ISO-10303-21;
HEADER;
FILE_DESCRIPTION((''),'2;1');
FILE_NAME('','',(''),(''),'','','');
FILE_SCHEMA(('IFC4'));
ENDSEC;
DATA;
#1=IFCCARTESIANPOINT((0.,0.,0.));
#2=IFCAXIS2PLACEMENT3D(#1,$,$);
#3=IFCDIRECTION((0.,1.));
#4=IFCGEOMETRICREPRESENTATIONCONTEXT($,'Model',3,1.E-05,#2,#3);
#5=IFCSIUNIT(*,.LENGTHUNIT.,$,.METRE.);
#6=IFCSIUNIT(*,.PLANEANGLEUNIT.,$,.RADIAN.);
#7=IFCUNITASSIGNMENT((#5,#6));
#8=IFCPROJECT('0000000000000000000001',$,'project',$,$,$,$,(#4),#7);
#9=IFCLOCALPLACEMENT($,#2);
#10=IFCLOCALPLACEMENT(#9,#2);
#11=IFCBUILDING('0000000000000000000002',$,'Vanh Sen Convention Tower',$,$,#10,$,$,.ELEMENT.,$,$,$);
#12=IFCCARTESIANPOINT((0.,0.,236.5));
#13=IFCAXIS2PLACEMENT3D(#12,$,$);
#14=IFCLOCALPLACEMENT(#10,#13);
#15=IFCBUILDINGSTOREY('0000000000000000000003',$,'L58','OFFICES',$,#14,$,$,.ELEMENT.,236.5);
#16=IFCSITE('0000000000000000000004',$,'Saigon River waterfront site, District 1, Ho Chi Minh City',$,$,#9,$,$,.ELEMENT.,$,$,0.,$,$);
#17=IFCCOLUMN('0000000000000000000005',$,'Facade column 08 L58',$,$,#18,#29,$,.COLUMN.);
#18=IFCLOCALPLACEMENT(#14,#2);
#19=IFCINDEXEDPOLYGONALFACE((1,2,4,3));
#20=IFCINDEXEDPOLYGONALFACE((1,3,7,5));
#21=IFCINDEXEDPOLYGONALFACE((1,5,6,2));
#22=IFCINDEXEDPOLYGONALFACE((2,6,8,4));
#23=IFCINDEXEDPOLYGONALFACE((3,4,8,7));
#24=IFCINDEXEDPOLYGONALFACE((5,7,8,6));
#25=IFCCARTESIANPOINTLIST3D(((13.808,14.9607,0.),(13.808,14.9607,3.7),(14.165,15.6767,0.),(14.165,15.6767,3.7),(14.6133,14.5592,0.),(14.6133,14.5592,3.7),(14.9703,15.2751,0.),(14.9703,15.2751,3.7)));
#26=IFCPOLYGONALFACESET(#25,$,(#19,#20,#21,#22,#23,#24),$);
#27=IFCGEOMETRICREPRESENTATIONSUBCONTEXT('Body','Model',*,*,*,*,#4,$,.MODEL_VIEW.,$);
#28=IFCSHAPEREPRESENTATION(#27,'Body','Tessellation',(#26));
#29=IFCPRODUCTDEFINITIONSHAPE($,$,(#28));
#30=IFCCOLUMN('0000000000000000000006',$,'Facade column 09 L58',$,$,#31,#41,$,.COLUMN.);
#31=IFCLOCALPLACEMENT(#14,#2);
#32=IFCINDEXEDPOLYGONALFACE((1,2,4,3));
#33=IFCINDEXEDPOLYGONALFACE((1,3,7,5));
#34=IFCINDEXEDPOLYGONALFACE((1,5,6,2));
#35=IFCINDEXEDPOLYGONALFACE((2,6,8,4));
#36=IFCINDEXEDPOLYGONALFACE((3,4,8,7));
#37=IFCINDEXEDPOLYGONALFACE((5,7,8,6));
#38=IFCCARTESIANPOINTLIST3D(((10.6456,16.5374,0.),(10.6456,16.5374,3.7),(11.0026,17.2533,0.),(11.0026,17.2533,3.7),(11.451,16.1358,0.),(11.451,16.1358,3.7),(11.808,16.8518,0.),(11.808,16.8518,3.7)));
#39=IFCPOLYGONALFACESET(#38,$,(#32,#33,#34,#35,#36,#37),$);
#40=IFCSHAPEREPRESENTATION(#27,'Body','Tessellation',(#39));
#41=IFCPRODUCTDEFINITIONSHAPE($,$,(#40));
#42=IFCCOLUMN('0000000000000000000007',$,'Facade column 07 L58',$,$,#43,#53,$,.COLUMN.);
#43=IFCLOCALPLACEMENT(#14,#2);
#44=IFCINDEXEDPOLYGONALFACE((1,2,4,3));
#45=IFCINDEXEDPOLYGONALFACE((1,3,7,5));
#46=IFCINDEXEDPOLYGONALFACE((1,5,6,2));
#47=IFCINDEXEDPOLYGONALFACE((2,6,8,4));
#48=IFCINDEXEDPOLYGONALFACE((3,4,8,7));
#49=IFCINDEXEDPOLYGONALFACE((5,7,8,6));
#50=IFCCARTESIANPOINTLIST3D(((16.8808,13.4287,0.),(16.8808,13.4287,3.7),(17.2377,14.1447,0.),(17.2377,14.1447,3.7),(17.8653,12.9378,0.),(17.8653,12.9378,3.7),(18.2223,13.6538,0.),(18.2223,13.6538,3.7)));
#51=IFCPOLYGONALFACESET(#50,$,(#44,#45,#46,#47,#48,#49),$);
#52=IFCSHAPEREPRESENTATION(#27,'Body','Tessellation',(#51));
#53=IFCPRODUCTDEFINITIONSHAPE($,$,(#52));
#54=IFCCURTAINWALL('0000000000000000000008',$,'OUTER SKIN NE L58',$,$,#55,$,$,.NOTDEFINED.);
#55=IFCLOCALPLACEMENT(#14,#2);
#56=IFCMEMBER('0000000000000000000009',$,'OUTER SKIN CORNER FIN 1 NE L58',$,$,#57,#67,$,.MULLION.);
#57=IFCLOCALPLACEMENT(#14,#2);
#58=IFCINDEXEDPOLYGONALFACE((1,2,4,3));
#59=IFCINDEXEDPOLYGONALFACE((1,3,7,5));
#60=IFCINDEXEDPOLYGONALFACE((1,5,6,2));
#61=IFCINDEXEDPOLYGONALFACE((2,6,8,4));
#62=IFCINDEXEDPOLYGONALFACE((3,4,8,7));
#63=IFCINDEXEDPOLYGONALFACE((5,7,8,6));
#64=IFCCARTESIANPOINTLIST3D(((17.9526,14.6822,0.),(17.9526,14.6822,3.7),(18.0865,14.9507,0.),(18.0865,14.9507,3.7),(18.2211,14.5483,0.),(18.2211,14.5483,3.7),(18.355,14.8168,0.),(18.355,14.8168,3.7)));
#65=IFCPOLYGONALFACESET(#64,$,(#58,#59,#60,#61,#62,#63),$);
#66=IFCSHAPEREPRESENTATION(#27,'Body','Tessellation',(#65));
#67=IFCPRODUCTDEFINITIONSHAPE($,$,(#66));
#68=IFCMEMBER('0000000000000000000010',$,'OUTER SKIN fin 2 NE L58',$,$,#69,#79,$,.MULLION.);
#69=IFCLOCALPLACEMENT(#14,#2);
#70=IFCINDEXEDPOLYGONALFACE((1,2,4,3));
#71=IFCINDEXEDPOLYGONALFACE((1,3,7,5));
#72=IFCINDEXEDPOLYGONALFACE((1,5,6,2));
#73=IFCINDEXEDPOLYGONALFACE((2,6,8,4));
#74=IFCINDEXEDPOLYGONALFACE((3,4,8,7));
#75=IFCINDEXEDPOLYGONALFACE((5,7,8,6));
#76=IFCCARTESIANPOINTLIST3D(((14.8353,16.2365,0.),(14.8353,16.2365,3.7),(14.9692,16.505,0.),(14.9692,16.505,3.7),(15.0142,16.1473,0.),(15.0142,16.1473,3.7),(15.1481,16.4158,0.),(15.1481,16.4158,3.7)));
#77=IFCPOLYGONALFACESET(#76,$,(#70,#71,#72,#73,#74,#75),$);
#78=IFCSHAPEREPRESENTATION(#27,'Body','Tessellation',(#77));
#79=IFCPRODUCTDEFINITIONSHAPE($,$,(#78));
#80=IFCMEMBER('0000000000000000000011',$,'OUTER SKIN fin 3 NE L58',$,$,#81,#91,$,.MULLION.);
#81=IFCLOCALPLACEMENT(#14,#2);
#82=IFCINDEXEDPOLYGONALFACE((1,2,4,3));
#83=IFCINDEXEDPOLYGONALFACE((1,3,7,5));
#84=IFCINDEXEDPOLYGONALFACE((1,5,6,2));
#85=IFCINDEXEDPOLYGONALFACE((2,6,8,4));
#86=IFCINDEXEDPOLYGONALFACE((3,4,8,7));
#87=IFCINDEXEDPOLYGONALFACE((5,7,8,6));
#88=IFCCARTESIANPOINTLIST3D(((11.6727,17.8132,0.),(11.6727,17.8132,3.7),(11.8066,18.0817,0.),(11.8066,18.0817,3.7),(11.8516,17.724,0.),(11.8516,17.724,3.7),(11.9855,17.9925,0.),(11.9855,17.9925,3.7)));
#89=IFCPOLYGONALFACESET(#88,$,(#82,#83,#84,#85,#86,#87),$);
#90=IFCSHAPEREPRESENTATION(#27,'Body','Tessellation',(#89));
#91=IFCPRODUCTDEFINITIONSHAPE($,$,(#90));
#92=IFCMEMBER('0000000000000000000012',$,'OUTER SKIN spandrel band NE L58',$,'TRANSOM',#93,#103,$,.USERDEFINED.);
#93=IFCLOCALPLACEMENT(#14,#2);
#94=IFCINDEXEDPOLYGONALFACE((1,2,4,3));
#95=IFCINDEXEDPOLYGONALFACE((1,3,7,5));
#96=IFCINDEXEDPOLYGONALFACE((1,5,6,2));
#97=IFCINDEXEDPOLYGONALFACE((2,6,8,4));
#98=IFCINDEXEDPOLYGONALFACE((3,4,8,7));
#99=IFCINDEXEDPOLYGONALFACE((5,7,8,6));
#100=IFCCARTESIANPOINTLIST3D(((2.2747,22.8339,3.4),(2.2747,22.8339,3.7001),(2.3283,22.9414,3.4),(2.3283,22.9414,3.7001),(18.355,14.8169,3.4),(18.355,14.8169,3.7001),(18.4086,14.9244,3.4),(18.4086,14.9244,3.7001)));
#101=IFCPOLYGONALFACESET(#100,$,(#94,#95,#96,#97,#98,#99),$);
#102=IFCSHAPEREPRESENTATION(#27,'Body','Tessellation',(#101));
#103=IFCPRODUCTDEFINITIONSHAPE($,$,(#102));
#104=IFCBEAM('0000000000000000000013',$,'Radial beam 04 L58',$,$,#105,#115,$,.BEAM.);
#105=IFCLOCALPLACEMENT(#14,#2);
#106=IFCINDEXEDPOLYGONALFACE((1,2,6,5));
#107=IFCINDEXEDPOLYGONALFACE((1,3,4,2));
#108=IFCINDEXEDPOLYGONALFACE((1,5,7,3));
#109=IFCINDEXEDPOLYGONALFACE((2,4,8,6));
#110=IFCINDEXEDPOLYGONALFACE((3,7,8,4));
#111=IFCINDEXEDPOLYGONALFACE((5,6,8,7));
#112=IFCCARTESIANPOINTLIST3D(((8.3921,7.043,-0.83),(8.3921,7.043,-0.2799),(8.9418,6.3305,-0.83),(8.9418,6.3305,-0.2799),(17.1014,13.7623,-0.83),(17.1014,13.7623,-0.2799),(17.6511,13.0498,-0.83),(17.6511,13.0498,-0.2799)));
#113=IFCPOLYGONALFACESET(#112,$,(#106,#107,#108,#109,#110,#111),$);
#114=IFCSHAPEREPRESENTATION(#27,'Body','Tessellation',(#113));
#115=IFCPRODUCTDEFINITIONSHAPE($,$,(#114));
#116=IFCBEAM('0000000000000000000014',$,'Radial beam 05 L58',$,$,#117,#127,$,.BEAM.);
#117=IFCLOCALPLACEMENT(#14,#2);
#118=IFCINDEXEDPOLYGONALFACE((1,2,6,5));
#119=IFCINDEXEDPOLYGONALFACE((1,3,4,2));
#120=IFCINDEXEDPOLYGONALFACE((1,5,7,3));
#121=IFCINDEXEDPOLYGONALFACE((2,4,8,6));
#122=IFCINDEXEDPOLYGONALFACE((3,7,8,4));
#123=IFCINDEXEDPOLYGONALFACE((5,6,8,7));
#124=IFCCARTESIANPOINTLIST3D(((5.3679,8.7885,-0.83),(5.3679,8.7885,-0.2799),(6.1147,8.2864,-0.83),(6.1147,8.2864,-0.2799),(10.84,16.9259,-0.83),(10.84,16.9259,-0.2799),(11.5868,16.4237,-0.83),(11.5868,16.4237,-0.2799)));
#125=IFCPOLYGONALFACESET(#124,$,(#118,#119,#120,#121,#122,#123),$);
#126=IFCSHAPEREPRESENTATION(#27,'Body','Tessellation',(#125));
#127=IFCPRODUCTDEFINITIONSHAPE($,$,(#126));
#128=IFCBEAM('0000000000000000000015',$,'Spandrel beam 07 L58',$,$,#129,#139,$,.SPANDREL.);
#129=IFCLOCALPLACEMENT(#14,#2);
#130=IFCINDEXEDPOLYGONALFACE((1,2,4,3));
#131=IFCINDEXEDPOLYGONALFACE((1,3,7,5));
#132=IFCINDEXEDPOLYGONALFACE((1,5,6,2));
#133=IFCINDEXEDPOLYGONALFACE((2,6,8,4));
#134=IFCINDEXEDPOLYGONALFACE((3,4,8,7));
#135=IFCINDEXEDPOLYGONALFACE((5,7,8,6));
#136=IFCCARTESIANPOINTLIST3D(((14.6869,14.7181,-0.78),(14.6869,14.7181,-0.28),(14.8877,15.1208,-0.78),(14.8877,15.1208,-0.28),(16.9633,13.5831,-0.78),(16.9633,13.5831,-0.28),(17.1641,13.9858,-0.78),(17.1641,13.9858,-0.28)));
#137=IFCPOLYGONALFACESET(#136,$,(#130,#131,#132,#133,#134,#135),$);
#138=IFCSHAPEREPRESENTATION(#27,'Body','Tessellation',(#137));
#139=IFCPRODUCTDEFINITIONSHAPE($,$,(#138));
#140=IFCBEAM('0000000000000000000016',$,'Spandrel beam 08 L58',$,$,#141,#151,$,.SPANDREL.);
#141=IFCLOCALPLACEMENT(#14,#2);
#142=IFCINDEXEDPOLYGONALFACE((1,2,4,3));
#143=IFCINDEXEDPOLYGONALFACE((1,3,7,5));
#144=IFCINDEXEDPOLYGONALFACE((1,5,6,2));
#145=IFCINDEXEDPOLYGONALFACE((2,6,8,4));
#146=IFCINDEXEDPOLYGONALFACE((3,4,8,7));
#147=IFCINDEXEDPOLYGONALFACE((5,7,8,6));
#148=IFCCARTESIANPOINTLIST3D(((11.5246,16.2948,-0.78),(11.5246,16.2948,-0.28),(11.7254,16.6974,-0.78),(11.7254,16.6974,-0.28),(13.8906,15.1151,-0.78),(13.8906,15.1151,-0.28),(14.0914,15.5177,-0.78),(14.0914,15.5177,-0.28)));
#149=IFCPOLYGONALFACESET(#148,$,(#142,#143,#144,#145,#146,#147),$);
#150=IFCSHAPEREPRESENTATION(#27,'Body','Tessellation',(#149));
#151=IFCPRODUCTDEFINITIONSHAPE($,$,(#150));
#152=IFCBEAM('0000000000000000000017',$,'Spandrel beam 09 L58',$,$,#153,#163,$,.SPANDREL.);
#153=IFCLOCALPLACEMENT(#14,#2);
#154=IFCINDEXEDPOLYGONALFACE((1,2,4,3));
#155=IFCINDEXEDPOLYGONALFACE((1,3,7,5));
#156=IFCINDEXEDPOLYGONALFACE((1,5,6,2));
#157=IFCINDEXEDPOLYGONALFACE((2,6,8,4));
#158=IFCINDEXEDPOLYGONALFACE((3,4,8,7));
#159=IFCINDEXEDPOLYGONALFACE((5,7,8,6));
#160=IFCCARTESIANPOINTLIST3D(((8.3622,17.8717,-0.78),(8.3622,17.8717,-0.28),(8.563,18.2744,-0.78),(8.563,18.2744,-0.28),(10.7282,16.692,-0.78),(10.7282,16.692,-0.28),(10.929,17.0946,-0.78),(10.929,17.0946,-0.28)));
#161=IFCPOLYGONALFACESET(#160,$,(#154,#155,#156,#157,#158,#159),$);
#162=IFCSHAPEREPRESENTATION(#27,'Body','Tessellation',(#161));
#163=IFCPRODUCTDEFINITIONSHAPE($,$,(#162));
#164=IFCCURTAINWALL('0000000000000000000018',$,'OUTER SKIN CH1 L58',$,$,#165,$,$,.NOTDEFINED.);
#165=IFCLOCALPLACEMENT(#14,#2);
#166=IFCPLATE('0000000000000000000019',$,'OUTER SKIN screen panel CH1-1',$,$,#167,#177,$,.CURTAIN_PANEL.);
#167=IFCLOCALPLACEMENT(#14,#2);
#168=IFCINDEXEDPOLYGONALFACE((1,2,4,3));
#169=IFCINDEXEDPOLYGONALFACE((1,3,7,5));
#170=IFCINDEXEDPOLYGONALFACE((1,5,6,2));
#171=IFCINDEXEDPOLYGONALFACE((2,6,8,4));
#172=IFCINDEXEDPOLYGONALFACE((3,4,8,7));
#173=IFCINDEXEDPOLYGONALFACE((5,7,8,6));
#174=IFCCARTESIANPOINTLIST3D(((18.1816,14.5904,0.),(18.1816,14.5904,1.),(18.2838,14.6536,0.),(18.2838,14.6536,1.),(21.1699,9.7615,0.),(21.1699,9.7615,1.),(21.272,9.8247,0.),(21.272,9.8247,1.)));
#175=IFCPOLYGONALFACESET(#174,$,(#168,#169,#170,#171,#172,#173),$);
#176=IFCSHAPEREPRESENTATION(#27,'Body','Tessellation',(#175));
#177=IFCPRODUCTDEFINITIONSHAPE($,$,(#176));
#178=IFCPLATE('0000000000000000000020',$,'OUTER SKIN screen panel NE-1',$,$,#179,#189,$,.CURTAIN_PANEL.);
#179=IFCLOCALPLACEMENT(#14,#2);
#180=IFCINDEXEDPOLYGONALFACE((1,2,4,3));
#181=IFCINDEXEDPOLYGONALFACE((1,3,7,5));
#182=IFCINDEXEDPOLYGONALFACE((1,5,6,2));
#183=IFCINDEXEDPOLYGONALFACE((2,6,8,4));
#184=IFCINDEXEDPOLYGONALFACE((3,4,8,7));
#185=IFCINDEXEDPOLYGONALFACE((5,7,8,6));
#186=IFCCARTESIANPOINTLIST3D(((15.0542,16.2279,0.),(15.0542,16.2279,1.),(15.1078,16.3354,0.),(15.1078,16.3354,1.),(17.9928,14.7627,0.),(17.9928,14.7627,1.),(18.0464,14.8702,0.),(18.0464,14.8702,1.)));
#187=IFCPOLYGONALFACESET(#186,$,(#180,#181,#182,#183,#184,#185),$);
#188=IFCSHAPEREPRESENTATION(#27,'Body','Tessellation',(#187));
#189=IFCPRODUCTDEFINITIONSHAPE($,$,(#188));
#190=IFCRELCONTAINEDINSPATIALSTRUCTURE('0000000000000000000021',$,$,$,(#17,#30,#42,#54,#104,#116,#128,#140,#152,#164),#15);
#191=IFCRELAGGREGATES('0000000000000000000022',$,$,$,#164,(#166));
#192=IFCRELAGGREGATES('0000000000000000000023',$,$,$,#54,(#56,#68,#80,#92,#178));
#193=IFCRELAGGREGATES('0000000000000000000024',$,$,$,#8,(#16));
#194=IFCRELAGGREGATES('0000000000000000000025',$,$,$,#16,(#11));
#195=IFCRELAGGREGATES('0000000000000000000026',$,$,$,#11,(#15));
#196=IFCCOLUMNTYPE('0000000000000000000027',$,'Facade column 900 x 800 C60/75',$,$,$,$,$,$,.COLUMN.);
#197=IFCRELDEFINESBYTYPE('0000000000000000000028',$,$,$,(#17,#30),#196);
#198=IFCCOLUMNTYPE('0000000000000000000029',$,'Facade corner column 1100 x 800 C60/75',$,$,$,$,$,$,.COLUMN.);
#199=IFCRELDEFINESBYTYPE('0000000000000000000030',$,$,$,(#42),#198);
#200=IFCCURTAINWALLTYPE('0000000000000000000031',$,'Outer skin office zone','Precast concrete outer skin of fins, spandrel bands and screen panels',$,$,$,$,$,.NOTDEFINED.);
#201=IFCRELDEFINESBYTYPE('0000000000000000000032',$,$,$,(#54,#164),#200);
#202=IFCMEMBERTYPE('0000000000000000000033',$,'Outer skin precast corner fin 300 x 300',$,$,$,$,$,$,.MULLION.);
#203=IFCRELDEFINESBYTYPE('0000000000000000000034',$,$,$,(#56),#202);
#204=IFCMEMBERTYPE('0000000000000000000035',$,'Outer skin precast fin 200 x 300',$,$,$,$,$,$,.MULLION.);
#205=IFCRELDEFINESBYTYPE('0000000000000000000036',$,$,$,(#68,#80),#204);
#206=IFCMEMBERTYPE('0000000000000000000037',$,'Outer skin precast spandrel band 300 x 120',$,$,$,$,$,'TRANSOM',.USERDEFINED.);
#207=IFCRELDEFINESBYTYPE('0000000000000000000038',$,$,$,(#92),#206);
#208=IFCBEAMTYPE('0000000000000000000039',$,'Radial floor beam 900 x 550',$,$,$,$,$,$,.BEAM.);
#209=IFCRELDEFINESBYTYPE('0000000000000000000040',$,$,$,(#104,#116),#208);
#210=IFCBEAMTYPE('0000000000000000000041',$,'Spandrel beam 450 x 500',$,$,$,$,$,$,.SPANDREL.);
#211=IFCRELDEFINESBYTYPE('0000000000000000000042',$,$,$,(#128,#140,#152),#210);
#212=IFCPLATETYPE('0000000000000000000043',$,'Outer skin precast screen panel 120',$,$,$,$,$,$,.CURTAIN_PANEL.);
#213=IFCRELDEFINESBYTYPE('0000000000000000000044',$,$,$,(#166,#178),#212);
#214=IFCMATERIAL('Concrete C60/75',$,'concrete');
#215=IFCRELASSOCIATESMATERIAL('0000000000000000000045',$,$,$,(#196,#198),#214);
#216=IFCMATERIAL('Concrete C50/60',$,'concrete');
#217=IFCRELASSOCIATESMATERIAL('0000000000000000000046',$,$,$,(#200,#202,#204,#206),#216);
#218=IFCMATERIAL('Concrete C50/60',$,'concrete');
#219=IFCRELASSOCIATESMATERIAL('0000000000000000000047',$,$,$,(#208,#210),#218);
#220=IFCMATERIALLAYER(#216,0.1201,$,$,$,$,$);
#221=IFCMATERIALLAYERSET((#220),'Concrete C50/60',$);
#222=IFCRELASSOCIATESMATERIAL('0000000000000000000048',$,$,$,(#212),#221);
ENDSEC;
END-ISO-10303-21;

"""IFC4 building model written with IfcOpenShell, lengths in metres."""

from ifc_helpers import new_model, si_unit, direction, frame, origin, origin_2d, place, context, subcontext, project, spatial, rectangle, extrude, material, layer, layer_set, material_profile, profile_set, type_object, element, aggregate, save


model = new_model("IFC4")

# Units and contexts
model_context = context("Model", 3, precision=1e-05, world=origin(), true_north=direction((0.0, 1.0)))
body_context = subcontext(model_context, "Body", "Model", "MODEL_VIEW")
ifc_project = project(units=[si_unit("LENGTHUNIT", "METRE"), si_unit("PLANEANGLEUNIT", "RADIAN")], contexts=[model_context])

# Site, building, storey
site_placement = place(None, origin())
site = spatial("IfcSite", under=ifc_project, at=site_placement, Name="Saigon River waterfront site, District 1, Ho Chi Minh City", CompositionType="ELEMENT", RefElevation=0.0)
building_placement = place(site_placement, origin())
building = spatial("IfcBuilding", under=site, at=building_placement, Name="Vanh Sen Convention Tower", CompositionType="ELEMENT")
storey_placement = place(building_placement, frame((0.0, 0.0, 236.5)))
storey = spatial("IfcBuildingStorey", under=building, at=storey_placement, Name="L58", Description="OFFICES", CompositionType="ELEMENT", Elevation=236.5)

# Columns
ifc_material_1 = material(Name="Concrete C60/75", Category="concrete")
ifc_material_profile_1 = material_profile(ifc_material_1, rectangle(XDim=0.8999, YDim=0.8, at=origin_2d()), Name="RC 900X800")
ifc_profile_set_1 = profile_set([ifc_material_profile_1], Name="Concrete C60/75")
column_type_1 = type_object("IfcColumnType", Name="Facade column 900 x 800 C60/75", PredefinedType="COLUMN", material=ifc_profile_set_1)
for number, where, z_axis, x_axis, name in (
    (1, (14.3892, 15.1179, 0.0), (0.0, 0.0, 1.0), (-0.894934, 0.446198, 0.0), "Facade column 08 L58"),
    (2, (11.2268, 16.6946, 0.0), (0.0, 0.0, 1.0), (-0.894934, 0.446198, 0.0), "Facade column 09 L58"),
):
    element("IfcColumn", number, at=place(storey_placement, frame(where, z_axis=z_axis, x_axis=x_axis)), inside=storey, type_object=column_type_1, Name=name, PredefinedType="COLUMN", context=body_context, shape_type="SweptSolid", body=[
        extrude(rectangle(XDim=0.8999, YDim=0.8, at=origin_2d()), origin(), (0.0, 0.0, 1.0), 3.7),
    ])
ifc_material_profile_2 = material_profile(ifc_material_1, rectangle(XDim=1.1001, YDim=0.8, at=origin_2d()), Name="RC 1100X800")
ifc_profile_set_2 = profile_set([ifc_material_profile_2], Name="Concrete C60/75")
column_type_2 = type_object("IfcColumnType", Name="Facade corner column 1100 x 800 C60/75", PredefinedType="COLUMN", material=ifc_profile_set_2)
column_placement = place(storey_placement, frame((17.5515, 13.5413, 0.0), z_axis=(0.0, 0.0, 1.0), x_axis=(-0.894934, 0.446198, 0.0)))
element("IfcColumn", 3, at=column_placement, inside=storey, type_object=column_type_2, Name="Facade column 07 L58", PredefinedType="COLUMN", context=body_context, shape_type="SweptSolid", body=[
    extrude(rectangle(XDim=1.1001, YDim=0.8, at=origin_2d()), origin(), (0.0, 0.0, 1.0), 3.7),
])

# Curtain wall, members
ifc_material_2 = material(Name="Concrete C50/60", Category="concrete")
curtain_wall_type = type_object("IfcCurtainWallType", Name="Outer skin office zone", Description="Precast concrete outer skin of fins, spandrel bands and screen panels", PredefinedType="NOTDEFINED", material=ifc_material_2)
curtain_wall_1_placement = place(storey_placement, origin())
curtain_wall_1 = element("IfcCurtainWall", 4, at=curtain_wall_1_placement, inside=storey, type_object=curtain_wall_type, Name="OUTER SKIN NE L58", PredefinedType="NOTDEFINED")
ifc_material_profile_3 = material_profile(ifc_material_2, rectangle(XDim=0.3, YDim=0.3, at=origin_2d()), Name="Outer skin precast corner fin 300 x 300")
ifc_profile_set_3 = profile_set([ifc_material_profile_3], Name="Concrete C50/60")
member_type_1 = type_object("IfcMemberType", Name="Outer skin precast corner fin 300 x 300", PredefinedType="MULLION", material=ifc_profile_set_3)
member_1_placement = place(storey_placement, frame((18.1538, 14.7495, 0.0), z_axis=(0.0, 0.0, 1.0), x_axis=(-0.894934, 0.446198, 0.0)))
member_1 = element("IfcMember", 5, at=member_1_placement, type_object=member_type_1, Name="OUTER SKIN CORNER FIN 1 NE L58", PredefinedType="MULLION", context=body_context, shape_type="SweptSolid", body=[
    extrude(rectangle(XDim=0.3, YDim=0.3, at=origin_2d()), origin(), (0.0, 0.0, 1.0), 3.7),
])
ifc_material_profile_4 = material_profile(ifc_material_2, rectangle(XDim=0.2, YDim=0.3, at=origin_2d()), Name="Outer skin precast fin 200 x 300")
ifc_profile_set_4 = profile_set([ifc_material_profile_4], Name="Concrete C50/60")
member_type_2 = type_object("IfcMemberType", Name="Outer skin precast fin 200 x 300", PredefinedType="MULLION", material=ifc_profile_set_4)
member_2_placement = place(storey_placement, frame((14.9917, 16.3262, 0.0), z_axis=(0.0, 0.0, 1.0), x_axis=(-0.894934, 0.446198, 0.0)))
member_2 = element("IfcMember", 6, at=member_2_placement, type_object=member_type_2, Name="OUTER SKIN fin 2 NE L58", PredefinedType="MULLION", context=body_context, shape_type="SweptSolid", body=[
    extrude(rectangle(XDim=0.2, YDim=0.3, at=origin_2d()), origin(), (0.0, 0.0, 1.0), 3.7),
])
member_3_placement = place(storey_placement, frame((11.8291, 17.9028, 0.0), z_axis=(0.0, 0.0, 1.0), x_axis=(-0.894934, 0.446198, 0.0)))
member_3 = element("IfcMember", 7, at=member_3_placement, type_object=member_type_2, Name="OUTER SKIN fin 3 NE L58", PredefinedType="MULLION", context=body_context, shape_type="SweptSolid", body=[
    extrude(rectangle(XDim=0.2, YDim=0.3, at=origin_2d()), origin(), (0.0, 0.0, 1.0), 3.7),
])
ifc_material_profile_5 = material_profile(ifc_material_2, rectangle(XDim=0.1201, YDim=0.3, at=origin_2d()), Name="Outer skin precast spandrel band 300 x 120")
ifc_profile_set_5 = profile_set([ifc_material_profile_5], Name="Concrete C50/60")
member_type_3 = type_object("IfcMemberType", Name="Outer skin precast spandrel band 300 x 120", ElementType="TRANSOM", PredefinedType="USERDEFINED", material=ifc_profile_set_5)
member_4_placement = place(storey_placement, frame((18.3818, 14.8706, 3.55), z_axis=(-0.89494, 0.446186, 0.0), x_axis=(-0.446186, -0.89494, 0.0)))
member_4 = element("IfcMember", 8, at=member_4_placement, type_object=member_type_3, Name="OUTER SKIN spandrel band NE L58", ObjectType="TRANSOM", PredefinedType="USERDEFINED", context=body_context, shape_type="SweptSolid", body=[
    extrude(rectangle(XDim=0.1201, YDim=0.3, at=origin_2d()), origin(), (0.0, 0.0, 1.0), 17.968),
])

# Beams
ifc_material_3 = material(Name="Concrete C50/60", Category="concrete")
ifc_material_profile_6 = material_profile(ifc_material_3, rectangle(XDim=0.8999, YDim=0.55, at=origin_2d()), Name="RC 900X550")
ifc_profile_set_6 = profile_set([ifc_material_profile_6], Name="Concrete C50/60")
beam_type_1 = type_object("IfcBeamType", Name="Radial floor beam 900 x 550", PredefinedType="BEAM", material=ifc_profile_set_6)
beam_1_placement = place(storey_placement, frame((17.3762, 13.406, -0.5549), z_axis=(-0.791752, -0.610843, 0.0), x_axis=(0.610843, -0.791752, 0.0)))
element("IfcBeam", 9, at=beam_1_placement, inside=storey, type_object=beam_type_1, Name="Radial beam 04 L58", PredefinedType="BEAM", context=body_context, shape_type="SweptSolid", body=[
    extrude(rectangle(XDim=0.8999, YDim=0.55, at=origin_2d()), origin(), (0.0, 0.0, 1.0), 11.0),
])
beam_2_placement = place(storey_placement, frame((11.2134, 16.6748, -0.5549), z_axis=(-0.558028, -0.829822, 0.0), x_axis=(0.829822, -0.558028, 0.0)))
element("IfcBeam", 10, at=beam_2_placement, inside=storey, type_object=beam_type_1, Name="Radial beam 05 L58", PredefinedType="BEAM", context=body_context, shape_type="SweptSolid", body=[
    extrude(rectangle(XDim=0.8999, YDim=0.55, at=origin_2d()), origin(), (0.0, 0.0, 1.0), 9.8062),
])
ifc_material_profile_7 = material_profile(ifc_material_3, rectangle(XDim=0.45, YDim=0.5, at=origin_2d()), Name="RC 450X500")
ifc_profile_set_7 = profile_set([ifc_material_profile_7], Name="Concrete C50/60")
beam_type_2 = type_object("IfcBeamType", Name="Spandrel beam 450 x 500", PredefinedType="SPANDREL", material=ifc_profile_set_7)
beam_3_placement = place(storey_placement, frame((17.0637, 13.7844, -0.53), z_axis=(-0.894926, 0.446215, 0.0), x_axis=(-0.446215, -0.894926, 0.0)))
element("IfcBeam", 11, at=beam_3_placement, inside=storey, type_object=beam_type_2, Name="Spandrel beam 07 L58", PredefinedType="SPANDREL", context=body_context, shape_type="SweptSolid", body=[
    extrude(rectangle(XDim=0.45, YDim=0.5, at=origin_2d()), origin(), (0.0, 0.0, 1.0), 2.5437),
])
for number, where, z_axis, x_axis, name in (
    (12, (13.991, 15.3164, -0.53), (-0.894925, 0.446216, 0.0), (-0.446216, -0.894925, 0.0), "Spandrel beam 08 L58"),
    (13, (10.8286, 16.8933, -0.53), (-0.894925, 0.446216, 0.0), (-0.446216, -0.894925, 0.0), "Spandrel beam 09 L58"),
):
    element("IfcBeam", number, at=place(storey_placement, frame(where, z_axis=z_axis, x_axis=x_axis)), inside=storey, type_object=beam_type_2, Name=name, PredefinedType="SPANDREL", context=body_context, shape_type="SweptSolid", body=[
        extrude(rectangle(XDim=0.45, YDim=0.5, at=origin_2d()), origin(), (0.0, 0.0, 1.0), 2.6438),
    ])

# Curtain wall, plate
curtain_wall_2_placement = place(storey_placement, origin())
curtain_wall_2 = element("IfcCurtainWall", 14, at=curtain_wall_2_placement, inside=storey, type_object=curtain_wall_type, Name="OUTER SKIN CH1 L58", PredefinedType="NOTDEFINED")
ifc_layer_1 = layer(ifc_material_2, 0.1201)
ifc_layer_set_1 = layer_set([ifc_layer_1], Name="Concrete C50/60")
plate_type = type_object("IfcPlateType", Name="Outer skin precast screen panel 120", PredefinedType="CURTAIN_PANEL", material=ifc_layer_set_1)
plate_1_placement = place(storey_placement, frame((19.7268, 12.2075, 0.0), z_axis=(0.0, 0.0, 1.0), x_axis=(-0.526217, 0.85035, 0.0)))
plate_1 = element("IfcPlate", 15, at=plate_1_placement, type_object=plate_type, Name="OUTER SKIN screen panel CH1-1", PredefinedType="CURTAIN_PANEL", context=body_context, shape_type="SweptSolid", body=[
    extrude(rectangle(XDim=5.6787, YDim=0.1201, at=origin_2d()), origin(), (0.0, 0.0, 1.0), 1.0),
])
aggregate(curtain_wall_2, [plate_1])

# Plate
plate_2_placement = place(storey_placement, frame((16.5503, 15.5491, 0.0), z_axis=(0.0, 0.0, 1.0), x_axis=(-0.89493, 0.446206, 0.0)))
plate_2 = element("IfcPlate", 16, at=plate_2_placement, type_object=plate_type, Name="OUTER SKIN screen panel NE-1", PredefinedType="CURTAIN_PANEL", context=body_context, shape_type="SweptSolid", body=[
    extrude(rectangle(XDim=3.2837, YDim=0.1201, at=origin_2d()), origin(), (0.0, 0.0, 1.0), 1.0),
])
aggregate(curtain_wall_1, [member_1, member_2, member_3, member_4, plate_2])

save(model, "model.ifc")
